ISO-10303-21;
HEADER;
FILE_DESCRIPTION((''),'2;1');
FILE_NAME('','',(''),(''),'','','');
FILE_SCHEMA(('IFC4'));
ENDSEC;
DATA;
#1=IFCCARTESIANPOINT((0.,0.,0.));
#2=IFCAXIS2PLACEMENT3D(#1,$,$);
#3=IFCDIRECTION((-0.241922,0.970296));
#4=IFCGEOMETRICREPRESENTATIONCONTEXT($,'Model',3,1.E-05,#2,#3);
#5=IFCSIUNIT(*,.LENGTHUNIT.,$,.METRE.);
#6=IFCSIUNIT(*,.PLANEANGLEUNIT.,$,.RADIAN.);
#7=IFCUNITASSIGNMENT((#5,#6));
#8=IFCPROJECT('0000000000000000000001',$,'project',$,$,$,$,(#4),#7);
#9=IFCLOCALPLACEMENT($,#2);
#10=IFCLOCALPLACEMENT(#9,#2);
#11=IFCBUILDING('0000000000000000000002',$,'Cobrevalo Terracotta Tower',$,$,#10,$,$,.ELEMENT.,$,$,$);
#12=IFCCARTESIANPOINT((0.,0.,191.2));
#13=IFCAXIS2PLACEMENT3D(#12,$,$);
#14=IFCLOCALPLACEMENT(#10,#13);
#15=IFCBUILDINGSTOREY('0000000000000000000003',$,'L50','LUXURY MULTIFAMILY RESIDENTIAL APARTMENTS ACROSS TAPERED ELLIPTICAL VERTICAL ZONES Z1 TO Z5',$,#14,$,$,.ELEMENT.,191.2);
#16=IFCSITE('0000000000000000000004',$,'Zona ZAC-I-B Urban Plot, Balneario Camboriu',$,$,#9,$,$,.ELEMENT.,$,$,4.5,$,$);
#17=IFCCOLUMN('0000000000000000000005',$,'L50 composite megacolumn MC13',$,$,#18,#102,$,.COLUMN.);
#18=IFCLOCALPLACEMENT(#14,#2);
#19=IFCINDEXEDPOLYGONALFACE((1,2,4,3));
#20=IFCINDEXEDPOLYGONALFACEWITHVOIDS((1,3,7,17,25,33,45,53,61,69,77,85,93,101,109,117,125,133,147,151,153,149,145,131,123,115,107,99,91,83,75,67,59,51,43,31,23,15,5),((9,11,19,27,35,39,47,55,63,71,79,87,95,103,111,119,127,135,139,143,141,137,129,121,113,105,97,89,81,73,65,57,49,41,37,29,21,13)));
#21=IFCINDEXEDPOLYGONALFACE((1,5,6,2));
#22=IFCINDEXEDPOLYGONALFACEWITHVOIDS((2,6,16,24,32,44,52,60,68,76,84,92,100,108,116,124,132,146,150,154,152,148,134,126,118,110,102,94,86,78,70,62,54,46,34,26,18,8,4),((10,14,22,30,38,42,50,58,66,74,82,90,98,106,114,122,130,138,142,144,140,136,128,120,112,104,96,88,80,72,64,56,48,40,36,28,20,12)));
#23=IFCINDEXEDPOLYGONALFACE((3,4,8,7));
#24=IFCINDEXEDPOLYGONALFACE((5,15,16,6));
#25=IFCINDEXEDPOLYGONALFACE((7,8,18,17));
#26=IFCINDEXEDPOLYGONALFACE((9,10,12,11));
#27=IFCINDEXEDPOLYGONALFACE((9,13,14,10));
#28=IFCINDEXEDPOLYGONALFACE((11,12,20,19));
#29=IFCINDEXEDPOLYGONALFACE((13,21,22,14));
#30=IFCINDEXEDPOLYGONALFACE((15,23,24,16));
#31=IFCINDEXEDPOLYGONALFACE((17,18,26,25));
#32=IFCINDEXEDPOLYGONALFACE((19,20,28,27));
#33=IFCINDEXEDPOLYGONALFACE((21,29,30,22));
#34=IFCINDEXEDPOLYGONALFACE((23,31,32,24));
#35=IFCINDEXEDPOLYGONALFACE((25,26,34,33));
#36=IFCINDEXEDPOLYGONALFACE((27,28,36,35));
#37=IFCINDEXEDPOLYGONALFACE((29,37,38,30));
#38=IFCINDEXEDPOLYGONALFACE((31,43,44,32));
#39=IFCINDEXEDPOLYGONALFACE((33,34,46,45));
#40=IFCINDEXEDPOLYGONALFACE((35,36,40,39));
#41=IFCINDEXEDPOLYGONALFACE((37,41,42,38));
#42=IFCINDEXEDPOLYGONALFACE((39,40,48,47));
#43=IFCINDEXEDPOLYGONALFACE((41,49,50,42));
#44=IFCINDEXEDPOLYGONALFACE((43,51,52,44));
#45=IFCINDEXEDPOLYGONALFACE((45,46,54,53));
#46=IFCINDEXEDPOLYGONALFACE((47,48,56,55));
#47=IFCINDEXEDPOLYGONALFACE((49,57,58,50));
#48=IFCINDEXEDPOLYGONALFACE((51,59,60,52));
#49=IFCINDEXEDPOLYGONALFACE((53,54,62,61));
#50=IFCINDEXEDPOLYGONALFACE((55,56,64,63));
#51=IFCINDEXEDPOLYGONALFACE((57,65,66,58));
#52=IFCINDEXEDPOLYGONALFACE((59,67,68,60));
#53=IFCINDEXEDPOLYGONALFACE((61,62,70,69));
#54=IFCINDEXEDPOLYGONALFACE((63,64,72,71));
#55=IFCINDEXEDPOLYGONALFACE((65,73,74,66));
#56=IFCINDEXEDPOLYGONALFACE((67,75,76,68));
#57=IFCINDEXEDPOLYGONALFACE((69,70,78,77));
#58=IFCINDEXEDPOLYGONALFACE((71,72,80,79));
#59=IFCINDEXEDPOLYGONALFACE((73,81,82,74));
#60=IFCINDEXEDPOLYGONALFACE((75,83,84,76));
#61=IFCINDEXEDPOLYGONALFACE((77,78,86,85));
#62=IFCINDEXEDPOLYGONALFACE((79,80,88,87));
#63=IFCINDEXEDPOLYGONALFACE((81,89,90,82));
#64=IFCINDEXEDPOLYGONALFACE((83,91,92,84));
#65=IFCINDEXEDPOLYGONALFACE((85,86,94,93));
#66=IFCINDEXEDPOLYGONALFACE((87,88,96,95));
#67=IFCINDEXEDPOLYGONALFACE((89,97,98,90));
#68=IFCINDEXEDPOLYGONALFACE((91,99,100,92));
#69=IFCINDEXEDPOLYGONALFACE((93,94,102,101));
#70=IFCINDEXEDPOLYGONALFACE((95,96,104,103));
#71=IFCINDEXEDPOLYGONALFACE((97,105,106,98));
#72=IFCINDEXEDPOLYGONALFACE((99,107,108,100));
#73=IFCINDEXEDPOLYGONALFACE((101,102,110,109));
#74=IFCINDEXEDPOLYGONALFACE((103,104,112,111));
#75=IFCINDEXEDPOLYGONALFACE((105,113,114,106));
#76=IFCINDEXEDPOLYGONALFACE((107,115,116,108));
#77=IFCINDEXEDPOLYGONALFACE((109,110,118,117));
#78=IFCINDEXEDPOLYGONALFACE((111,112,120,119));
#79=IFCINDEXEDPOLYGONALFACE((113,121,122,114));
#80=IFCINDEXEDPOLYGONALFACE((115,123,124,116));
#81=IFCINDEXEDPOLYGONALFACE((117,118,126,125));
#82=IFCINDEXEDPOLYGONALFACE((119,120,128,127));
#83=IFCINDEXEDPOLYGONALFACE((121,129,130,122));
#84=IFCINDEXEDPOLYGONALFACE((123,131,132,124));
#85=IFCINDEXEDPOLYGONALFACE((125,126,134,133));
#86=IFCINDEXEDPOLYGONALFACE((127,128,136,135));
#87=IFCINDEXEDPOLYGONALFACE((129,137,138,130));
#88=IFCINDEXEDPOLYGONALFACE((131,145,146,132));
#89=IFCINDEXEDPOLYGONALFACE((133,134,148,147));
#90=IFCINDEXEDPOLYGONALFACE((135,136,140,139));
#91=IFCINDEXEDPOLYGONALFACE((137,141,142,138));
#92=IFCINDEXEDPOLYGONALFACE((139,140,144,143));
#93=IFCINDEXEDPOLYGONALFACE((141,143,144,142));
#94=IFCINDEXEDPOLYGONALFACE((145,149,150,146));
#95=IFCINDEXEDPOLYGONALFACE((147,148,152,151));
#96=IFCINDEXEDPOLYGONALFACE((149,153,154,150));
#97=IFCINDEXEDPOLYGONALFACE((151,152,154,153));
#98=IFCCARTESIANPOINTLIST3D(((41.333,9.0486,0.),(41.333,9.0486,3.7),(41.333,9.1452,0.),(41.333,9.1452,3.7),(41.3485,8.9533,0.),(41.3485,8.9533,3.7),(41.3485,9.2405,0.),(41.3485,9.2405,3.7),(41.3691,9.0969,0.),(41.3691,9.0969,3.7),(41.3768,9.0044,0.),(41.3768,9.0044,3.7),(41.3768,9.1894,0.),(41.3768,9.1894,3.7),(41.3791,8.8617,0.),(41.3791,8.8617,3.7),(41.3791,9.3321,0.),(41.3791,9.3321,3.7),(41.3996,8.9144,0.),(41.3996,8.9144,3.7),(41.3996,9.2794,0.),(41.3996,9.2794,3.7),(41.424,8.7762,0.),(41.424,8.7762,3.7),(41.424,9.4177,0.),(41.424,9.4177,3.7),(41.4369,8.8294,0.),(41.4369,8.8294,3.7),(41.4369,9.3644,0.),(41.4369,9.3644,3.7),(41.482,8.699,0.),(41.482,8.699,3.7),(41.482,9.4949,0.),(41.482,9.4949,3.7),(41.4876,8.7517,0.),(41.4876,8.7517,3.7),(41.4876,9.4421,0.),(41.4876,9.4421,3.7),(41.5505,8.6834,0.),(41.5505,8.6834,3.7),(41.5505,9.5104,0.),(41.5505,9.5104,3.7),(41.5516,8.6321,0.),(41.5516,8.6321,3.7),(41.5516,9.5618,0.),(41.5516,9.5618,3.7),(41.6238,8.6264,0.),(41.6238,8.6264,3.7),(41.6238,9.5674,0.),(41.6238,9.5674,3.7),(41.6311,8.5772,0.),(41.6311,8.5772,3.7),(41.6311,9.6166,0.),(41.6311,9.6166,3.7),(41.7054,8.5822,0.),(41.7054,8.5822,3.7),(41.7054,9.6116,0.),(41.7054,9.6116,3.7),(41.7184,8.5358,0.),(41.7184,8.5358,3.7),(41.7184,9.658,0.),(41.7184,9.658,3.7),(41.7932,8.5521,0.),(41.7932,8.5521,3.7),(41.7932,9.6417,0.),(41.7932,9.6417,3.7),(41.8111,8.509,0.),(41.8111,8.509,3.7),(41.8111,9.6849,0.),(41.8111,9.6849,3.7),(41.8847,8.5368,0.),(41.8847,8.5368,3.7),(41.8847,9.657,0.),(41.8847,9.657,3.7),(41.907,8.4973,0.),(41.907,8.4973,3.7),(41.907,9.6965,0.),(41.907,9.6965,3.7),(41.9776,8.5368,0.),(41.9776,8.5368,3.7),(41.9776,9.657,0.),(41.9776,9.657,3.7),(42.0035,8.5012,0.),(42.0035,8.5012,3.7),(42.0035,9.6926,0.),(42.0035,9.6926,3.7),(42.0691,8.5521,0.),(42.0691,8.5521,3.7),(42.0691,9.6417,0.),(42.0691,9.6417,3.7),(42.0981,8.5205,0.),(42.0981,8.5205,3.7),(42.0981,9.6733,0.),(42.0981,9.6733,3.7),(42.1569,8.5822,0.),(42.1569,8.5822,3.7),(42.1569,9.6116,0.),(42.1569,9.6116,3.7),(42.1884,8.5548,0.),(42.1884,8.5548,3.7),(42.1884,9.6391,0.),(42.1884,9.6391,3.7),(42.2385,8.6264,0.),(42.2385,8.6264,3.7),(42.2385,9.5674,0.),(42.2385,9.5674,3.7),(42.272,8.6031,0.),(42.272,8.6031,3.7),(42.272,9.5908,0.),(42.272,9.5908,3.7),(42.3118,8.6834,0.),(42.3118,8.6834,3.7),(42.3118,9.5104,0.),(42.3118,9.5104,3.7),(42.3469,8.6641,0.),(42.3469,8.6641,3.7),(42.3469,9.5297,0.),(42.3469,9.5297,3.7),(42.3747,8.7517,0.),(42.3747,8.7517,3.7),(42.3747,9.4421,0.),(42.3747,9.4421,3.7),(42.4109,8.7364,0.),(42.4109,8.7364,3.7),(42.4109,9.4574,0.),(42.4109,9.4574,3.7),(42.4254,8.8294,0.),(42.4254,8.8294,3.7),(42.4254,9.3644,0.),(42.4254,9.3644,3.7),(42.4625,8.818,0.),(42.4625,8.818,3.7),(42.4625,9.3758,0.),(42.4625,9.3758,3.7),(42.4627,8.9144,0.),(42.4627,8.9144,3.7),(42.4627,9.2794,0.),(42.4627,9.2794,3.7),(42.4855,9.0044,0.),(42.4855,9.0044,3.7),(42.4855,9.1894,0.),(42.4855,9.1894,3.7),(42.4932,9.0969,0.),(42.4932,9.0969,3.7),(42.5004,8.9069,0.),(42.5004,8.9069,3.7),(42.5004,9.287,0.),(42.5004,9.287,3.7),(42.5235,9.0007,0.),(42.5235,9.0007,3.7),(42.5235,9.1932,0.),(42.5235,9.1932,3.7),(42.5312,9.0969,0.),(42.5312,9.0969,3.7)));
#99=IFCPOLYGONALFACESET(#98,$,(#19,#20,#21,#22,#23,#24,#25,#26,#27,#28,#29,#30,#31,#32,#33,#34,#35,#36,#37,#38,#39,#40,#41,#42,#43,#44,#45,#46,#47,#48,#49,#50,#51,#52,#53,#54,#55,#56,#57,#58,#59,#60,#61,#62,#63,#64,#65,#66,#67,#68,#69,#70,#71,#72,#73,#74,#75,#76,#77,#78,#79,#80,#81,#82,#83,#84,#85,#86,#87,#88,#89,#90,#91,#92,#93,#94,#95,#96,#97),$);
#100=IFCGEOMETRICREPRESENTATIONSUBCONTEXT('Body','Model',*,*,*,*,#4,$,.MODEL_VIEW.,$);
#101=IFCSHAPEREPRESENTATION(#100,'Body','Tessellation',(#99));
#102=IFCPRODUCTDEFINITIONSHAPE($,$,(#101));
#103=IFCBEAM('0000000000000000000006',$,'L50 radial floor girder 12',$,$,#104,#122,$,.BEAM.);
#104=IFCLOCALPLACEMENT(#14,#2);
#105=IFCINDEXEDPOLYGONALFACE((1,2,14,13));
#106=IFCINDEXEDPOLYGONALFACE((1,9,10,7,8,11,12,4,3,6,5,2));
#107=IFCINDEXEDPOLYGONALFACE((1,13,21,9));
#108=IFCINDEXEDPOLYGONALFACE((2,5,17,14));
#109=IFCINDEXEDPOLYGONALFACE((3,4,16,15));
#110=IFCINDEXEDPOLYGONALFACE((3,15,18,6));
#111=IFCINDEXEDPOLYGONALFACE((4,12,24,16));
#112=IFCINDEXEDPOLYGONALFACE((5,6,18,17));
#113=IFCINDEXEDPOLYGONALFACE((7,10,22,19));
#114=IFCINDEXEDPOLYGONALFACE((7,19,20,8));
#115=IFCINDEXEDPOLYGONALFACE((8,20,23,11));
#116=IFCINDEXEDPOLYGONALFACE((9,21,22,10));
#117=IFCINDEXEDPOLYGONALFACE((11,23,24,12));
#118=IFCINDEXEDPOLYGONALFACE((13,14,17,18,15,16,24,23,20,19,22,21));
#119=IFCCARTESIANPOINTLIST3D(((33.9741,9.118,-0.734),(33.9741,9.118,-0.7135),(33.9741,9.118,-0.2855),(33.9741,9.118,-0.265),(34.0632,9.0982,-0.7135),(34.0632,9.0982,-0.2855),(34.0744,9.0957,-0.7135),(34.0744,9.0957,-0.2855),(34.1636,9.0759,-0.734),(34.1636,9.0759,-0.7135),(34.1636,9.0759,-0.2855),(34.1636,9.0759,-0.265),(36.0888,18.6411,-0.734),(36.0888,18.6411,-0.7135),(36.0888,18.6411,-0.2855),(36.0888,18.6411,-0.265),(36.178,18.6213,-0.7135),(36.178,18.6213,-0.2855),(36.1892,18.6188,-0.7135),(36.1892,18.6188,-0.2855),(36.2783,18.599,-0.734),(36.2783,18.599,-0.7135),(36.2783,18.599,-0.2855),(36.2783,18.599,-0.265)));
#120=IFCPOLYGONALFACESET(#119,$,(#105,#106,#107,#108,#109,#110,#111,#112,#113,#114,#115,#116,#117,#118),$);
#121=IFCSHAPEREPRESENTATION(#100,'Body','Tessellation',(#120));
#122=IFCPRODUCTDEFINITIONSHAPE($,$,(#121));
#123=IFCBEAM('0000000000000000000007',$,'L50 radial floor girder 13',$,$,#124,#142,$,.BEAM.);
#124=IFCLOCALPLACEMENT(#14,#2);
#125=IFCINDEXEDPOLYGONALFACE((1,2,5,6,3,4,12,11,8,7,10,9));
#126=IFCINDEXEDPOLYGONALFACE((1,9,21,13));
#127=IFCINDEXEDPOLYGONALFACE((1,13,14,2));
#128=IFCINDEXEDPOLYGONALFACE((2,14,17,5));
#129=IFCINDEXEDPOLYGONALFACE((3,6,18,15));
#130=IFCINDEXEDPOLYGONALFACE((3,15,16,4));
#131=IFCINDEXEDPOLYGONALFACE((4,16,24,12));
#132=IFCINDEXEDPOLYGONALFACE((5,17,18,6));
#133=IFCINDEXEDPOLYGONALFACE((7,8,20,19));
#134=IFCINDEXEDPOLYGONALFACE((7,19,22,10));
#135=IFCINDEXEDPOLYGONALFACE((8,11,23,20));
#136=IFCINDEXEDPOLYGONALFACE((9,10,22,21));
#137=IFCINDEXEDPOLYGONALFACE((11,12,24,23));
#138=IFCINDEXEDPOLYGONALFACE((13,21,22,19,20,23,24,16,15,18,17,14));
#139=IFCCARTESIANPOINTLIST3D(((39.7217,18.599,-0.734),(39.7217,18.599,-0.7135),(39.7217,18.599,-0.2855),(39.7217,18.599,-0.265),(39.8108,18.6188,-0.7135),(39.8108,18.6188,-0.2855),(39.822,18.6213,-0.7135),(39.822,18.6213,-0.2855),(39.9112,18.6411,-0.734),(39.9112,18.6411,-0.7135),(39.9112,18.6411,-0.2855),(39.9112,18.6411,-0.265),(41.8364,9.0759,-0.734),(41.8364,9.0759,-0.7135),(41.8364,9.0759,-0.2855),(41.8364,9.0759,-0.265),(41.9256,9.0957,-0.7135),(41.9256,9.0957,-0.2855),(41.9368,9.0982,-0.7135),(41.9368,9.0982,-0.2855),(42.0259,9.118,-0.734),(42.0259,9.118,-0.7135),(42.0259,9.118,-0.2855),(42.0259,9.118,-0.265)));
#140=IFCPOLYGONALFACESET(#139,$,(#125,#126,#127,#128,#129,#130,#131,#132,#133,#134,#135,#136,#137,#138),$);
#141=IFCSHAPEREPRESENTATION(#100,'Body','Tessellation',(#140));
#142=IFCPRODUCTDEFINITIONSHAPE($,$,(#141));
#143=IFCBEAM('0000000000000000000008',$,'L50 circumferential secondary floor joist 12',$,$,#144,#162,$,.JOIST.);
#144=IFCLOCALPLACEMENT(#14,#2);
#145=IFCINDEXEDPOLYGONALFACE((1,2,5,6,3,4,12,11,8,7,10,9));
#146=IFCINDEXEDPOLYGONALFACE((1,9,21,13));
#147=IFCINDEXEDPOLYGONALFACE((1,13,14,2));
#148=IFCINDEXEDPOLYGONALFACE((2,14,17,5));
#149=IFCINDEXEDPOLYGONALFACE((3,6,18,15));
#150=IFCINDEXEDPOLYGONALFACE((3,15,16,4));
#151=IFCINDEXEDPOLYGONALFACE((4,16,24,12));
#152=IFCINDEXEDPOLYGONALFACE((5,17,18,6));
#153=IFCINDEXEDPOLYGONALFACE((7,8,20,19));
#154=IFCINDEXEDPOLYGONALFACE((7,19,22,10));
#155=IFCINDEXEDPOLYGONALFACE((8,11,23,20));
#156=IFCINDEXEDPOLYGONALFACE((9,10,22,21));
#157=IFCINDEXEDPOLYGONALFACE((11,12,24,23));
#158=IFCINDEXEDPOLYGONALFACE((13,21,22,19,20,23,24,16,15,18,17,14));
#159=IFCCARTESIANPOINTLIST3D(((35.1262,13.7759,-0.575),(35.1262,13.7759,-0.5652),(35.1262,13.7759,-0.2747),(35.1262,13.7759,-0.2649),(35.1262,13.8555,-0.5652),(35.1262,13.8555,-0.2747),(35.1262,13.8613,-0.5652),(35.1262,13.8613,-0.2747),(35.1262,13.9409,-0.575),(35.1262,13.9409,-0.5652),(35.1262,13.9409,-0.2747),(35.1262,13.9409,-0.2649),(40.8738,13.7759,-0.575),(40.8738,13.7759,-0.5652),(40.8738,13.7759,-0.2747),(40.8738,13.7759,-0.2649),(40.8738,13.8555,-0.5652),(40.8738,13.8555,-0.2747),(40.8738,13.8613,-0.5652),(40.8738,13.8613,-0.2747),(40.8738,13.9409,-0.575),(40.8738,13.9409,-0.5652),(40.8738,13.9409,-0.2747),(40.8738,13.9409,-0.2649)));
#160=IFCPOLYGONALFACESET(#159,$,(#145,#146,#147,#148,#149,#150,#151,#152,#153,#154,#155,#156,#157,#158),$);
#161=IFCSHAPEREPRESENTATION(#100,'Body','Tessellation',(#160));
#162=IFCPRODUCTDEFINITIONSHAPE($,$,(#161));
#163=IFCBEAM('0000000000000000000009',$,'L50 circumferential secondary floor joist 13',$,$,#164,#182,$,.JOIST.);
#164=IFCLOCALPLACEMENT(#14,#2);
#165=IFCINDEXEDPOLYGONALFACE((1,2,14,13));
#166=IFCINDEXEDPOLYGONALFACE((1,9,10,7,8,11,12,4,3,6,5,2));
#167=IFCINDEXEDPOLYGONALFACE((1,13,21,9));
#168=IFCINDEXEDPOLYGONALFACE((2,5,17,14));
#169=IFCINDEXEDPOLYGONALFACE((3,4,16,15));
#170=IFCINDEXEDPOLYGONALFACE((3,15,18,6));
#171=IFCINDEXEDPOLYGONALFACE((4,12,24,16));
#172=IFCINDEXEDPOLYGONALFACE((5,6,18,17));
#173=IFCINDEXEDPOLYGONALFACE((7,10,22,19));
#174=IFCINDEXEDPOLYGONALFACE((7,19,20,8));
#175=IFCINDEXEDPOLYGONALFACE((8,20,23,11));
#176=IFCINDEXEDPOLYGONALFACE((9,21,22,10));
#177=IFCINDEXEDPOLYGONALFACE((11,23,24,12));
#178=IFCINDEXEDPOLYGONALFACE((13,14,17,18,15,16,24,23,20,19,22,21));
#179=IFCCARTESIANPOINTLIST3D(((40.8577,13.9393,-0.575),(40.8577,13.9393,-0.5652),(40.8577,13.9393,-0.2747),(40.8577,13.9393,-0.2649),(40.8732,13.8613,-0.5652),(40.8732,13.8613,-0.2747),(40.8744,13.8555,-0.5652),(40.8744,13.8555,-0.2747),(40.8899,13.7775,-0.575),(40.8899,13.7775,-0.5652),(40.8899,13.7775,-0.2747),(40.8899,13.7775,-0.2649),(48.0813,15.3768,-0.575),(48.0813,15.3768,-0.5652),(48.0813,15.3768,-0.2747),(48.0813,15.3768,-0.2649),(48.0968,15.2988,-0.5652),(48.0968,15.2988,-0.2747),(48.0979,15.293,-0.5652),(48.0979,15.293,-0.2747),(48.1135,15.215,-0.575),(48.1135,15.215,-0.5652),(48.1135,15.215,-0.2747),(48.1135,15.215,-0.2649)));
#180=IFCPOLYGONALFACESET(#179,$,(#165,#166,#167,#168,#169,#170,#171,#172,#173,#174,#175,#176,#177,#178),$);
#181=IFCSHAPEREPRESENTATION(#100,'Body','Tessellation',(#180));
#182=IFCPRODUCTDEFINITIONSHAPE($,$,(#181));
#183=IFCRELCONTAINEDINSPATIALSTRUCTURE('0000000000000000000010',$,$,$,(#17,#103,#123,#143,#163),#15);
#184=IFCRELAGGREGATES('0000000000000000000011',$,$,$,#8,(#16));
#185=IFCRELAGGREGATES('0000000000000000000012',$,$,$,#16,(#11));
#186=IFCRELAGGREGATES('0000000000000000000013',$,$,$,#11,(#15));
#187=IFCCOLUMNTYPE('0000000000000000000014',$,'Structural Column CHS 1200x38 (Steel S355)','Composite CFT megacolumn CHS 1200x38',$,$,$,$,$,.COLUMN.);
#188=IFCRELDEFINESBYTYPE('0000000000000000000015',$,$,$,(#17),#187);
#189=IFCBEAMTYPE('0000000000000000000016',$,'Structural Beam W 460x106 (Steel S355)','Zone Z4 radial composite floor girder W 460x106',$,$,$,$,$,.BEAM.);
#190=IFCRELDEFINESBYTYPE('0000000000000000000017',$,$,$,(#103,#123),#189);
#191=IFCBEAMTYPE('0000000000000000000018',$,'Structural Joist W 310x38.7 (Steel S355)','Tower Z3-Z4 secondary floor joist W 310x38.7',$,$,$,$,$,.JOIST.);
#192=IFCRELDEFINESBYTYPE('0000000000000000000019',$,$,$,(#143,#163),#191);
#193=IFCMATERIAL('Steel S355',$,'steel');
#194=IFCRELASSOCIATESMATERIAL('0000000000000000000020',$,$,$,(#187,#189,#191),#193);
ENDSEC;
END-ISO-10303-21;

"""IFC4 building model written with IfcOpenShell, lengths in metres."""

from ifc_helpers import new_model, si_unit, direction, frame, origin, origin_2d, place, context, subcontext, project, spatial, hollow_circle, i_section, extrude, material, material_profile, profile_set, type_object, element, save


model = new_model("IFC4")

# Units and contexts
model_context = context("Model", 3, precision=1e-05, world=origin(), true_north=direction((-0.241922, 0.970296)))
body_context = subcontext(model_context, "Body", "Model", "MODEL_VIEW")
ifc_project = project(units=[si_unit("LENGTHUNIT", "METRE"), si_unit("PLANEANGLEUNIT", "RADIAN")], contexts=[model_context])

# Site, building, storey
site_placement = place(None, origin())
site = spatial("IfcSite", under=ifc_project, at=site_placement, Name="Zona ZAC-I-B Urban Plot, Balneario Camboriu", CompositionType="ELEMENT", RefElevation=4.5)
building_placement = place(site_placement, origin())
building = spatial("IfcBuilding", under=site, at=building_placement, Name="Cobrevalo Terracotta Tower", CompositionType="ELEMENT")
storey_placement = place(building_placement, frame((0.0, 0.0, 191.2)))
storey = spatial("IfcBuildingStorey", under=building, at=storey_placement, Name="L50", Description="LUXURY MULTIFAMILY RESIDENTIAL APARTMENTS ACROSS TAPERED ELLIPTICAL VERTICAL ZONES Z1 TO Z5", CompositionType="ELEMENT", Elevation=191.2)

# Column
ifc_material_1 = material(Name="Steel S355", Category="steel")
ifc_material_profile_1 = material_profile(ifc_material_1, hollow_circle(Radius=0.6001, WallThickness=0.0381, at=origin_2d()), Name="CHS 1200x38")
ifc_profile_set_1 = profile_set([ifc_material_profile_1], Name="Steel S355")
column_type = type_object("IfcColumnType", Name="Structural Column CHS 1200x38 (Steel S355)", Description="Composite CFT megacolumn CHS 1200x38", PredefinedType="COLUMN", material=ifc_profile_set_1)
column_placement = place(storey_placement, frame((41.9312, 9.0969, 0.0), z_axis=(0.0, 0.0, 1.0), x_axis=(1.0, 0.0, 0.0)))
element("IfcColumn", 1, at=column_placement, inside=storey, type_object=column_type, Name="L50 composite megacolumn MC13", PredefinedType="COLUMN", context=body_context, shape_type="SweptSolid", body=[
    extrude(hollow_circle(Radius=0.6001, WallThickness=0.0381, at=origin_2d()), origin(), (0.0, 0.0, 1.0), 3.7),
])

# Beams
ifc_material_profile_2 = material_profile(ifc_material_1, i_section(OverallWidth=0.1941, OverallDepth=0.469, WebThickness=0.0115, FlangeThickness=0.0205, at=origin_2d()), Name="W 460x106")
ifc_profile_set_2 = profile_set([ifc_material_profile_2], Name="Steel S355")
beam_type_1 = type_object("IfcBeamType", Name="Structural Beam W 460x106 (Steel S355)", Description="Zone Z4 radial composite floor girder W 460x106", PredefinedType="BEAM", material=ifc_profile_set_2)
for number, where, z_axis, x_axis, name in (
    (2, (34.0688, 9.0969, -0.4995), (0.216782, 0.97622, 0.0), (-0.97622, 0.216782, 0.0), "L50 radial floor girder 12"),
    (3, (41.9312, 9.0969, -0.4995), (-0.216782, 0.97622, 0.0), (-0.97622, -0.216782, 0.0), "L50 radial floor girder 13"),
):
    element("IfcBeam", number, at=place(storey_placement, frame(where, z_axis=z_axis, x_axis=x_axis)), inside=storey, type_object=beam_type_1, Name=name, PredefinedType="BEAM", context=body_context, shape_type="SweptSolid", body=[
        extrude(i_section(OverallWidth=0.1941, OverallDepth=0.469, WebThickness=0.0115, FlangeThickness=0.0205, at=origin_2d()), origin(), (0.0, 0.0, 1.0), 9.7551),
    ])
ifc_material_profile_3 = material_profile(ifc_material_1, i_section(OverallWidth=0.165, OverallDepth=0.3101, WebThickness=0.0059, FlangeThickness=0.0098, at=origin_2d()), Name="W 310x38.7")
ifc_profile_set_3 = profile_set([ifc_material_profile_3], Name="Steel S355")
beam_type_2 = type_object("IfcBeamType", Name="Structural Joist W 310x38.7 (Steel S355)", Description="Tower Z3-Z4 secondary floor joist W 310x38.7", PredefinedType="JOIST", material=ifc_profile_set_3)
beam_1_placement = place(storey_placement, frame((35.1262, 13.8584, -0.4199), z_axis=(1.0, 0.0, 0.0), x_axis=(0.0, 1.0, 0.0)))
element("IfcBeam", 4, at=beam_1_placement, inside=storey, type_object=beam_type_2, Name="L50 circumferential secondary floor joist 12", PredefinedType="JOIST", context=body_context, shape_type="SweptSolid", body=[
    extrude(i_section(OverallWidth=0.165, OverallDepth=0.3101, WebThickness=0.0059, FlangeThickness=0.0098, at=origin_2d()), origin(), (0.0, 0.0, 1.0), 5.7476),
])
beam_2_placement = place(storey_placement, frame((40.8738, 13.8584, -0.4199), z_axis=(0.980769, 0.195173, 0.0), x_axis=(-0.195173, 0.980769, 0.0)))
element("IfcBeam", 5, at=beam_2_placement, inside=storey, type_object=beam_type_2, Name="L50 circumferential secondary floor joist 13", PredefinedType="JOIST", context=body_context, shape_type="SweptSolid", body=[
    extrude(i_section(OverallWidth=0.165, OverallDepth=0.3101, WebThickness=0.0059, FlangeThickness=0.0098, at=origin_2d()), origin(), (0.0, 0.0, 1.0), 7.3652),
])

save(model, "model.ifc")
